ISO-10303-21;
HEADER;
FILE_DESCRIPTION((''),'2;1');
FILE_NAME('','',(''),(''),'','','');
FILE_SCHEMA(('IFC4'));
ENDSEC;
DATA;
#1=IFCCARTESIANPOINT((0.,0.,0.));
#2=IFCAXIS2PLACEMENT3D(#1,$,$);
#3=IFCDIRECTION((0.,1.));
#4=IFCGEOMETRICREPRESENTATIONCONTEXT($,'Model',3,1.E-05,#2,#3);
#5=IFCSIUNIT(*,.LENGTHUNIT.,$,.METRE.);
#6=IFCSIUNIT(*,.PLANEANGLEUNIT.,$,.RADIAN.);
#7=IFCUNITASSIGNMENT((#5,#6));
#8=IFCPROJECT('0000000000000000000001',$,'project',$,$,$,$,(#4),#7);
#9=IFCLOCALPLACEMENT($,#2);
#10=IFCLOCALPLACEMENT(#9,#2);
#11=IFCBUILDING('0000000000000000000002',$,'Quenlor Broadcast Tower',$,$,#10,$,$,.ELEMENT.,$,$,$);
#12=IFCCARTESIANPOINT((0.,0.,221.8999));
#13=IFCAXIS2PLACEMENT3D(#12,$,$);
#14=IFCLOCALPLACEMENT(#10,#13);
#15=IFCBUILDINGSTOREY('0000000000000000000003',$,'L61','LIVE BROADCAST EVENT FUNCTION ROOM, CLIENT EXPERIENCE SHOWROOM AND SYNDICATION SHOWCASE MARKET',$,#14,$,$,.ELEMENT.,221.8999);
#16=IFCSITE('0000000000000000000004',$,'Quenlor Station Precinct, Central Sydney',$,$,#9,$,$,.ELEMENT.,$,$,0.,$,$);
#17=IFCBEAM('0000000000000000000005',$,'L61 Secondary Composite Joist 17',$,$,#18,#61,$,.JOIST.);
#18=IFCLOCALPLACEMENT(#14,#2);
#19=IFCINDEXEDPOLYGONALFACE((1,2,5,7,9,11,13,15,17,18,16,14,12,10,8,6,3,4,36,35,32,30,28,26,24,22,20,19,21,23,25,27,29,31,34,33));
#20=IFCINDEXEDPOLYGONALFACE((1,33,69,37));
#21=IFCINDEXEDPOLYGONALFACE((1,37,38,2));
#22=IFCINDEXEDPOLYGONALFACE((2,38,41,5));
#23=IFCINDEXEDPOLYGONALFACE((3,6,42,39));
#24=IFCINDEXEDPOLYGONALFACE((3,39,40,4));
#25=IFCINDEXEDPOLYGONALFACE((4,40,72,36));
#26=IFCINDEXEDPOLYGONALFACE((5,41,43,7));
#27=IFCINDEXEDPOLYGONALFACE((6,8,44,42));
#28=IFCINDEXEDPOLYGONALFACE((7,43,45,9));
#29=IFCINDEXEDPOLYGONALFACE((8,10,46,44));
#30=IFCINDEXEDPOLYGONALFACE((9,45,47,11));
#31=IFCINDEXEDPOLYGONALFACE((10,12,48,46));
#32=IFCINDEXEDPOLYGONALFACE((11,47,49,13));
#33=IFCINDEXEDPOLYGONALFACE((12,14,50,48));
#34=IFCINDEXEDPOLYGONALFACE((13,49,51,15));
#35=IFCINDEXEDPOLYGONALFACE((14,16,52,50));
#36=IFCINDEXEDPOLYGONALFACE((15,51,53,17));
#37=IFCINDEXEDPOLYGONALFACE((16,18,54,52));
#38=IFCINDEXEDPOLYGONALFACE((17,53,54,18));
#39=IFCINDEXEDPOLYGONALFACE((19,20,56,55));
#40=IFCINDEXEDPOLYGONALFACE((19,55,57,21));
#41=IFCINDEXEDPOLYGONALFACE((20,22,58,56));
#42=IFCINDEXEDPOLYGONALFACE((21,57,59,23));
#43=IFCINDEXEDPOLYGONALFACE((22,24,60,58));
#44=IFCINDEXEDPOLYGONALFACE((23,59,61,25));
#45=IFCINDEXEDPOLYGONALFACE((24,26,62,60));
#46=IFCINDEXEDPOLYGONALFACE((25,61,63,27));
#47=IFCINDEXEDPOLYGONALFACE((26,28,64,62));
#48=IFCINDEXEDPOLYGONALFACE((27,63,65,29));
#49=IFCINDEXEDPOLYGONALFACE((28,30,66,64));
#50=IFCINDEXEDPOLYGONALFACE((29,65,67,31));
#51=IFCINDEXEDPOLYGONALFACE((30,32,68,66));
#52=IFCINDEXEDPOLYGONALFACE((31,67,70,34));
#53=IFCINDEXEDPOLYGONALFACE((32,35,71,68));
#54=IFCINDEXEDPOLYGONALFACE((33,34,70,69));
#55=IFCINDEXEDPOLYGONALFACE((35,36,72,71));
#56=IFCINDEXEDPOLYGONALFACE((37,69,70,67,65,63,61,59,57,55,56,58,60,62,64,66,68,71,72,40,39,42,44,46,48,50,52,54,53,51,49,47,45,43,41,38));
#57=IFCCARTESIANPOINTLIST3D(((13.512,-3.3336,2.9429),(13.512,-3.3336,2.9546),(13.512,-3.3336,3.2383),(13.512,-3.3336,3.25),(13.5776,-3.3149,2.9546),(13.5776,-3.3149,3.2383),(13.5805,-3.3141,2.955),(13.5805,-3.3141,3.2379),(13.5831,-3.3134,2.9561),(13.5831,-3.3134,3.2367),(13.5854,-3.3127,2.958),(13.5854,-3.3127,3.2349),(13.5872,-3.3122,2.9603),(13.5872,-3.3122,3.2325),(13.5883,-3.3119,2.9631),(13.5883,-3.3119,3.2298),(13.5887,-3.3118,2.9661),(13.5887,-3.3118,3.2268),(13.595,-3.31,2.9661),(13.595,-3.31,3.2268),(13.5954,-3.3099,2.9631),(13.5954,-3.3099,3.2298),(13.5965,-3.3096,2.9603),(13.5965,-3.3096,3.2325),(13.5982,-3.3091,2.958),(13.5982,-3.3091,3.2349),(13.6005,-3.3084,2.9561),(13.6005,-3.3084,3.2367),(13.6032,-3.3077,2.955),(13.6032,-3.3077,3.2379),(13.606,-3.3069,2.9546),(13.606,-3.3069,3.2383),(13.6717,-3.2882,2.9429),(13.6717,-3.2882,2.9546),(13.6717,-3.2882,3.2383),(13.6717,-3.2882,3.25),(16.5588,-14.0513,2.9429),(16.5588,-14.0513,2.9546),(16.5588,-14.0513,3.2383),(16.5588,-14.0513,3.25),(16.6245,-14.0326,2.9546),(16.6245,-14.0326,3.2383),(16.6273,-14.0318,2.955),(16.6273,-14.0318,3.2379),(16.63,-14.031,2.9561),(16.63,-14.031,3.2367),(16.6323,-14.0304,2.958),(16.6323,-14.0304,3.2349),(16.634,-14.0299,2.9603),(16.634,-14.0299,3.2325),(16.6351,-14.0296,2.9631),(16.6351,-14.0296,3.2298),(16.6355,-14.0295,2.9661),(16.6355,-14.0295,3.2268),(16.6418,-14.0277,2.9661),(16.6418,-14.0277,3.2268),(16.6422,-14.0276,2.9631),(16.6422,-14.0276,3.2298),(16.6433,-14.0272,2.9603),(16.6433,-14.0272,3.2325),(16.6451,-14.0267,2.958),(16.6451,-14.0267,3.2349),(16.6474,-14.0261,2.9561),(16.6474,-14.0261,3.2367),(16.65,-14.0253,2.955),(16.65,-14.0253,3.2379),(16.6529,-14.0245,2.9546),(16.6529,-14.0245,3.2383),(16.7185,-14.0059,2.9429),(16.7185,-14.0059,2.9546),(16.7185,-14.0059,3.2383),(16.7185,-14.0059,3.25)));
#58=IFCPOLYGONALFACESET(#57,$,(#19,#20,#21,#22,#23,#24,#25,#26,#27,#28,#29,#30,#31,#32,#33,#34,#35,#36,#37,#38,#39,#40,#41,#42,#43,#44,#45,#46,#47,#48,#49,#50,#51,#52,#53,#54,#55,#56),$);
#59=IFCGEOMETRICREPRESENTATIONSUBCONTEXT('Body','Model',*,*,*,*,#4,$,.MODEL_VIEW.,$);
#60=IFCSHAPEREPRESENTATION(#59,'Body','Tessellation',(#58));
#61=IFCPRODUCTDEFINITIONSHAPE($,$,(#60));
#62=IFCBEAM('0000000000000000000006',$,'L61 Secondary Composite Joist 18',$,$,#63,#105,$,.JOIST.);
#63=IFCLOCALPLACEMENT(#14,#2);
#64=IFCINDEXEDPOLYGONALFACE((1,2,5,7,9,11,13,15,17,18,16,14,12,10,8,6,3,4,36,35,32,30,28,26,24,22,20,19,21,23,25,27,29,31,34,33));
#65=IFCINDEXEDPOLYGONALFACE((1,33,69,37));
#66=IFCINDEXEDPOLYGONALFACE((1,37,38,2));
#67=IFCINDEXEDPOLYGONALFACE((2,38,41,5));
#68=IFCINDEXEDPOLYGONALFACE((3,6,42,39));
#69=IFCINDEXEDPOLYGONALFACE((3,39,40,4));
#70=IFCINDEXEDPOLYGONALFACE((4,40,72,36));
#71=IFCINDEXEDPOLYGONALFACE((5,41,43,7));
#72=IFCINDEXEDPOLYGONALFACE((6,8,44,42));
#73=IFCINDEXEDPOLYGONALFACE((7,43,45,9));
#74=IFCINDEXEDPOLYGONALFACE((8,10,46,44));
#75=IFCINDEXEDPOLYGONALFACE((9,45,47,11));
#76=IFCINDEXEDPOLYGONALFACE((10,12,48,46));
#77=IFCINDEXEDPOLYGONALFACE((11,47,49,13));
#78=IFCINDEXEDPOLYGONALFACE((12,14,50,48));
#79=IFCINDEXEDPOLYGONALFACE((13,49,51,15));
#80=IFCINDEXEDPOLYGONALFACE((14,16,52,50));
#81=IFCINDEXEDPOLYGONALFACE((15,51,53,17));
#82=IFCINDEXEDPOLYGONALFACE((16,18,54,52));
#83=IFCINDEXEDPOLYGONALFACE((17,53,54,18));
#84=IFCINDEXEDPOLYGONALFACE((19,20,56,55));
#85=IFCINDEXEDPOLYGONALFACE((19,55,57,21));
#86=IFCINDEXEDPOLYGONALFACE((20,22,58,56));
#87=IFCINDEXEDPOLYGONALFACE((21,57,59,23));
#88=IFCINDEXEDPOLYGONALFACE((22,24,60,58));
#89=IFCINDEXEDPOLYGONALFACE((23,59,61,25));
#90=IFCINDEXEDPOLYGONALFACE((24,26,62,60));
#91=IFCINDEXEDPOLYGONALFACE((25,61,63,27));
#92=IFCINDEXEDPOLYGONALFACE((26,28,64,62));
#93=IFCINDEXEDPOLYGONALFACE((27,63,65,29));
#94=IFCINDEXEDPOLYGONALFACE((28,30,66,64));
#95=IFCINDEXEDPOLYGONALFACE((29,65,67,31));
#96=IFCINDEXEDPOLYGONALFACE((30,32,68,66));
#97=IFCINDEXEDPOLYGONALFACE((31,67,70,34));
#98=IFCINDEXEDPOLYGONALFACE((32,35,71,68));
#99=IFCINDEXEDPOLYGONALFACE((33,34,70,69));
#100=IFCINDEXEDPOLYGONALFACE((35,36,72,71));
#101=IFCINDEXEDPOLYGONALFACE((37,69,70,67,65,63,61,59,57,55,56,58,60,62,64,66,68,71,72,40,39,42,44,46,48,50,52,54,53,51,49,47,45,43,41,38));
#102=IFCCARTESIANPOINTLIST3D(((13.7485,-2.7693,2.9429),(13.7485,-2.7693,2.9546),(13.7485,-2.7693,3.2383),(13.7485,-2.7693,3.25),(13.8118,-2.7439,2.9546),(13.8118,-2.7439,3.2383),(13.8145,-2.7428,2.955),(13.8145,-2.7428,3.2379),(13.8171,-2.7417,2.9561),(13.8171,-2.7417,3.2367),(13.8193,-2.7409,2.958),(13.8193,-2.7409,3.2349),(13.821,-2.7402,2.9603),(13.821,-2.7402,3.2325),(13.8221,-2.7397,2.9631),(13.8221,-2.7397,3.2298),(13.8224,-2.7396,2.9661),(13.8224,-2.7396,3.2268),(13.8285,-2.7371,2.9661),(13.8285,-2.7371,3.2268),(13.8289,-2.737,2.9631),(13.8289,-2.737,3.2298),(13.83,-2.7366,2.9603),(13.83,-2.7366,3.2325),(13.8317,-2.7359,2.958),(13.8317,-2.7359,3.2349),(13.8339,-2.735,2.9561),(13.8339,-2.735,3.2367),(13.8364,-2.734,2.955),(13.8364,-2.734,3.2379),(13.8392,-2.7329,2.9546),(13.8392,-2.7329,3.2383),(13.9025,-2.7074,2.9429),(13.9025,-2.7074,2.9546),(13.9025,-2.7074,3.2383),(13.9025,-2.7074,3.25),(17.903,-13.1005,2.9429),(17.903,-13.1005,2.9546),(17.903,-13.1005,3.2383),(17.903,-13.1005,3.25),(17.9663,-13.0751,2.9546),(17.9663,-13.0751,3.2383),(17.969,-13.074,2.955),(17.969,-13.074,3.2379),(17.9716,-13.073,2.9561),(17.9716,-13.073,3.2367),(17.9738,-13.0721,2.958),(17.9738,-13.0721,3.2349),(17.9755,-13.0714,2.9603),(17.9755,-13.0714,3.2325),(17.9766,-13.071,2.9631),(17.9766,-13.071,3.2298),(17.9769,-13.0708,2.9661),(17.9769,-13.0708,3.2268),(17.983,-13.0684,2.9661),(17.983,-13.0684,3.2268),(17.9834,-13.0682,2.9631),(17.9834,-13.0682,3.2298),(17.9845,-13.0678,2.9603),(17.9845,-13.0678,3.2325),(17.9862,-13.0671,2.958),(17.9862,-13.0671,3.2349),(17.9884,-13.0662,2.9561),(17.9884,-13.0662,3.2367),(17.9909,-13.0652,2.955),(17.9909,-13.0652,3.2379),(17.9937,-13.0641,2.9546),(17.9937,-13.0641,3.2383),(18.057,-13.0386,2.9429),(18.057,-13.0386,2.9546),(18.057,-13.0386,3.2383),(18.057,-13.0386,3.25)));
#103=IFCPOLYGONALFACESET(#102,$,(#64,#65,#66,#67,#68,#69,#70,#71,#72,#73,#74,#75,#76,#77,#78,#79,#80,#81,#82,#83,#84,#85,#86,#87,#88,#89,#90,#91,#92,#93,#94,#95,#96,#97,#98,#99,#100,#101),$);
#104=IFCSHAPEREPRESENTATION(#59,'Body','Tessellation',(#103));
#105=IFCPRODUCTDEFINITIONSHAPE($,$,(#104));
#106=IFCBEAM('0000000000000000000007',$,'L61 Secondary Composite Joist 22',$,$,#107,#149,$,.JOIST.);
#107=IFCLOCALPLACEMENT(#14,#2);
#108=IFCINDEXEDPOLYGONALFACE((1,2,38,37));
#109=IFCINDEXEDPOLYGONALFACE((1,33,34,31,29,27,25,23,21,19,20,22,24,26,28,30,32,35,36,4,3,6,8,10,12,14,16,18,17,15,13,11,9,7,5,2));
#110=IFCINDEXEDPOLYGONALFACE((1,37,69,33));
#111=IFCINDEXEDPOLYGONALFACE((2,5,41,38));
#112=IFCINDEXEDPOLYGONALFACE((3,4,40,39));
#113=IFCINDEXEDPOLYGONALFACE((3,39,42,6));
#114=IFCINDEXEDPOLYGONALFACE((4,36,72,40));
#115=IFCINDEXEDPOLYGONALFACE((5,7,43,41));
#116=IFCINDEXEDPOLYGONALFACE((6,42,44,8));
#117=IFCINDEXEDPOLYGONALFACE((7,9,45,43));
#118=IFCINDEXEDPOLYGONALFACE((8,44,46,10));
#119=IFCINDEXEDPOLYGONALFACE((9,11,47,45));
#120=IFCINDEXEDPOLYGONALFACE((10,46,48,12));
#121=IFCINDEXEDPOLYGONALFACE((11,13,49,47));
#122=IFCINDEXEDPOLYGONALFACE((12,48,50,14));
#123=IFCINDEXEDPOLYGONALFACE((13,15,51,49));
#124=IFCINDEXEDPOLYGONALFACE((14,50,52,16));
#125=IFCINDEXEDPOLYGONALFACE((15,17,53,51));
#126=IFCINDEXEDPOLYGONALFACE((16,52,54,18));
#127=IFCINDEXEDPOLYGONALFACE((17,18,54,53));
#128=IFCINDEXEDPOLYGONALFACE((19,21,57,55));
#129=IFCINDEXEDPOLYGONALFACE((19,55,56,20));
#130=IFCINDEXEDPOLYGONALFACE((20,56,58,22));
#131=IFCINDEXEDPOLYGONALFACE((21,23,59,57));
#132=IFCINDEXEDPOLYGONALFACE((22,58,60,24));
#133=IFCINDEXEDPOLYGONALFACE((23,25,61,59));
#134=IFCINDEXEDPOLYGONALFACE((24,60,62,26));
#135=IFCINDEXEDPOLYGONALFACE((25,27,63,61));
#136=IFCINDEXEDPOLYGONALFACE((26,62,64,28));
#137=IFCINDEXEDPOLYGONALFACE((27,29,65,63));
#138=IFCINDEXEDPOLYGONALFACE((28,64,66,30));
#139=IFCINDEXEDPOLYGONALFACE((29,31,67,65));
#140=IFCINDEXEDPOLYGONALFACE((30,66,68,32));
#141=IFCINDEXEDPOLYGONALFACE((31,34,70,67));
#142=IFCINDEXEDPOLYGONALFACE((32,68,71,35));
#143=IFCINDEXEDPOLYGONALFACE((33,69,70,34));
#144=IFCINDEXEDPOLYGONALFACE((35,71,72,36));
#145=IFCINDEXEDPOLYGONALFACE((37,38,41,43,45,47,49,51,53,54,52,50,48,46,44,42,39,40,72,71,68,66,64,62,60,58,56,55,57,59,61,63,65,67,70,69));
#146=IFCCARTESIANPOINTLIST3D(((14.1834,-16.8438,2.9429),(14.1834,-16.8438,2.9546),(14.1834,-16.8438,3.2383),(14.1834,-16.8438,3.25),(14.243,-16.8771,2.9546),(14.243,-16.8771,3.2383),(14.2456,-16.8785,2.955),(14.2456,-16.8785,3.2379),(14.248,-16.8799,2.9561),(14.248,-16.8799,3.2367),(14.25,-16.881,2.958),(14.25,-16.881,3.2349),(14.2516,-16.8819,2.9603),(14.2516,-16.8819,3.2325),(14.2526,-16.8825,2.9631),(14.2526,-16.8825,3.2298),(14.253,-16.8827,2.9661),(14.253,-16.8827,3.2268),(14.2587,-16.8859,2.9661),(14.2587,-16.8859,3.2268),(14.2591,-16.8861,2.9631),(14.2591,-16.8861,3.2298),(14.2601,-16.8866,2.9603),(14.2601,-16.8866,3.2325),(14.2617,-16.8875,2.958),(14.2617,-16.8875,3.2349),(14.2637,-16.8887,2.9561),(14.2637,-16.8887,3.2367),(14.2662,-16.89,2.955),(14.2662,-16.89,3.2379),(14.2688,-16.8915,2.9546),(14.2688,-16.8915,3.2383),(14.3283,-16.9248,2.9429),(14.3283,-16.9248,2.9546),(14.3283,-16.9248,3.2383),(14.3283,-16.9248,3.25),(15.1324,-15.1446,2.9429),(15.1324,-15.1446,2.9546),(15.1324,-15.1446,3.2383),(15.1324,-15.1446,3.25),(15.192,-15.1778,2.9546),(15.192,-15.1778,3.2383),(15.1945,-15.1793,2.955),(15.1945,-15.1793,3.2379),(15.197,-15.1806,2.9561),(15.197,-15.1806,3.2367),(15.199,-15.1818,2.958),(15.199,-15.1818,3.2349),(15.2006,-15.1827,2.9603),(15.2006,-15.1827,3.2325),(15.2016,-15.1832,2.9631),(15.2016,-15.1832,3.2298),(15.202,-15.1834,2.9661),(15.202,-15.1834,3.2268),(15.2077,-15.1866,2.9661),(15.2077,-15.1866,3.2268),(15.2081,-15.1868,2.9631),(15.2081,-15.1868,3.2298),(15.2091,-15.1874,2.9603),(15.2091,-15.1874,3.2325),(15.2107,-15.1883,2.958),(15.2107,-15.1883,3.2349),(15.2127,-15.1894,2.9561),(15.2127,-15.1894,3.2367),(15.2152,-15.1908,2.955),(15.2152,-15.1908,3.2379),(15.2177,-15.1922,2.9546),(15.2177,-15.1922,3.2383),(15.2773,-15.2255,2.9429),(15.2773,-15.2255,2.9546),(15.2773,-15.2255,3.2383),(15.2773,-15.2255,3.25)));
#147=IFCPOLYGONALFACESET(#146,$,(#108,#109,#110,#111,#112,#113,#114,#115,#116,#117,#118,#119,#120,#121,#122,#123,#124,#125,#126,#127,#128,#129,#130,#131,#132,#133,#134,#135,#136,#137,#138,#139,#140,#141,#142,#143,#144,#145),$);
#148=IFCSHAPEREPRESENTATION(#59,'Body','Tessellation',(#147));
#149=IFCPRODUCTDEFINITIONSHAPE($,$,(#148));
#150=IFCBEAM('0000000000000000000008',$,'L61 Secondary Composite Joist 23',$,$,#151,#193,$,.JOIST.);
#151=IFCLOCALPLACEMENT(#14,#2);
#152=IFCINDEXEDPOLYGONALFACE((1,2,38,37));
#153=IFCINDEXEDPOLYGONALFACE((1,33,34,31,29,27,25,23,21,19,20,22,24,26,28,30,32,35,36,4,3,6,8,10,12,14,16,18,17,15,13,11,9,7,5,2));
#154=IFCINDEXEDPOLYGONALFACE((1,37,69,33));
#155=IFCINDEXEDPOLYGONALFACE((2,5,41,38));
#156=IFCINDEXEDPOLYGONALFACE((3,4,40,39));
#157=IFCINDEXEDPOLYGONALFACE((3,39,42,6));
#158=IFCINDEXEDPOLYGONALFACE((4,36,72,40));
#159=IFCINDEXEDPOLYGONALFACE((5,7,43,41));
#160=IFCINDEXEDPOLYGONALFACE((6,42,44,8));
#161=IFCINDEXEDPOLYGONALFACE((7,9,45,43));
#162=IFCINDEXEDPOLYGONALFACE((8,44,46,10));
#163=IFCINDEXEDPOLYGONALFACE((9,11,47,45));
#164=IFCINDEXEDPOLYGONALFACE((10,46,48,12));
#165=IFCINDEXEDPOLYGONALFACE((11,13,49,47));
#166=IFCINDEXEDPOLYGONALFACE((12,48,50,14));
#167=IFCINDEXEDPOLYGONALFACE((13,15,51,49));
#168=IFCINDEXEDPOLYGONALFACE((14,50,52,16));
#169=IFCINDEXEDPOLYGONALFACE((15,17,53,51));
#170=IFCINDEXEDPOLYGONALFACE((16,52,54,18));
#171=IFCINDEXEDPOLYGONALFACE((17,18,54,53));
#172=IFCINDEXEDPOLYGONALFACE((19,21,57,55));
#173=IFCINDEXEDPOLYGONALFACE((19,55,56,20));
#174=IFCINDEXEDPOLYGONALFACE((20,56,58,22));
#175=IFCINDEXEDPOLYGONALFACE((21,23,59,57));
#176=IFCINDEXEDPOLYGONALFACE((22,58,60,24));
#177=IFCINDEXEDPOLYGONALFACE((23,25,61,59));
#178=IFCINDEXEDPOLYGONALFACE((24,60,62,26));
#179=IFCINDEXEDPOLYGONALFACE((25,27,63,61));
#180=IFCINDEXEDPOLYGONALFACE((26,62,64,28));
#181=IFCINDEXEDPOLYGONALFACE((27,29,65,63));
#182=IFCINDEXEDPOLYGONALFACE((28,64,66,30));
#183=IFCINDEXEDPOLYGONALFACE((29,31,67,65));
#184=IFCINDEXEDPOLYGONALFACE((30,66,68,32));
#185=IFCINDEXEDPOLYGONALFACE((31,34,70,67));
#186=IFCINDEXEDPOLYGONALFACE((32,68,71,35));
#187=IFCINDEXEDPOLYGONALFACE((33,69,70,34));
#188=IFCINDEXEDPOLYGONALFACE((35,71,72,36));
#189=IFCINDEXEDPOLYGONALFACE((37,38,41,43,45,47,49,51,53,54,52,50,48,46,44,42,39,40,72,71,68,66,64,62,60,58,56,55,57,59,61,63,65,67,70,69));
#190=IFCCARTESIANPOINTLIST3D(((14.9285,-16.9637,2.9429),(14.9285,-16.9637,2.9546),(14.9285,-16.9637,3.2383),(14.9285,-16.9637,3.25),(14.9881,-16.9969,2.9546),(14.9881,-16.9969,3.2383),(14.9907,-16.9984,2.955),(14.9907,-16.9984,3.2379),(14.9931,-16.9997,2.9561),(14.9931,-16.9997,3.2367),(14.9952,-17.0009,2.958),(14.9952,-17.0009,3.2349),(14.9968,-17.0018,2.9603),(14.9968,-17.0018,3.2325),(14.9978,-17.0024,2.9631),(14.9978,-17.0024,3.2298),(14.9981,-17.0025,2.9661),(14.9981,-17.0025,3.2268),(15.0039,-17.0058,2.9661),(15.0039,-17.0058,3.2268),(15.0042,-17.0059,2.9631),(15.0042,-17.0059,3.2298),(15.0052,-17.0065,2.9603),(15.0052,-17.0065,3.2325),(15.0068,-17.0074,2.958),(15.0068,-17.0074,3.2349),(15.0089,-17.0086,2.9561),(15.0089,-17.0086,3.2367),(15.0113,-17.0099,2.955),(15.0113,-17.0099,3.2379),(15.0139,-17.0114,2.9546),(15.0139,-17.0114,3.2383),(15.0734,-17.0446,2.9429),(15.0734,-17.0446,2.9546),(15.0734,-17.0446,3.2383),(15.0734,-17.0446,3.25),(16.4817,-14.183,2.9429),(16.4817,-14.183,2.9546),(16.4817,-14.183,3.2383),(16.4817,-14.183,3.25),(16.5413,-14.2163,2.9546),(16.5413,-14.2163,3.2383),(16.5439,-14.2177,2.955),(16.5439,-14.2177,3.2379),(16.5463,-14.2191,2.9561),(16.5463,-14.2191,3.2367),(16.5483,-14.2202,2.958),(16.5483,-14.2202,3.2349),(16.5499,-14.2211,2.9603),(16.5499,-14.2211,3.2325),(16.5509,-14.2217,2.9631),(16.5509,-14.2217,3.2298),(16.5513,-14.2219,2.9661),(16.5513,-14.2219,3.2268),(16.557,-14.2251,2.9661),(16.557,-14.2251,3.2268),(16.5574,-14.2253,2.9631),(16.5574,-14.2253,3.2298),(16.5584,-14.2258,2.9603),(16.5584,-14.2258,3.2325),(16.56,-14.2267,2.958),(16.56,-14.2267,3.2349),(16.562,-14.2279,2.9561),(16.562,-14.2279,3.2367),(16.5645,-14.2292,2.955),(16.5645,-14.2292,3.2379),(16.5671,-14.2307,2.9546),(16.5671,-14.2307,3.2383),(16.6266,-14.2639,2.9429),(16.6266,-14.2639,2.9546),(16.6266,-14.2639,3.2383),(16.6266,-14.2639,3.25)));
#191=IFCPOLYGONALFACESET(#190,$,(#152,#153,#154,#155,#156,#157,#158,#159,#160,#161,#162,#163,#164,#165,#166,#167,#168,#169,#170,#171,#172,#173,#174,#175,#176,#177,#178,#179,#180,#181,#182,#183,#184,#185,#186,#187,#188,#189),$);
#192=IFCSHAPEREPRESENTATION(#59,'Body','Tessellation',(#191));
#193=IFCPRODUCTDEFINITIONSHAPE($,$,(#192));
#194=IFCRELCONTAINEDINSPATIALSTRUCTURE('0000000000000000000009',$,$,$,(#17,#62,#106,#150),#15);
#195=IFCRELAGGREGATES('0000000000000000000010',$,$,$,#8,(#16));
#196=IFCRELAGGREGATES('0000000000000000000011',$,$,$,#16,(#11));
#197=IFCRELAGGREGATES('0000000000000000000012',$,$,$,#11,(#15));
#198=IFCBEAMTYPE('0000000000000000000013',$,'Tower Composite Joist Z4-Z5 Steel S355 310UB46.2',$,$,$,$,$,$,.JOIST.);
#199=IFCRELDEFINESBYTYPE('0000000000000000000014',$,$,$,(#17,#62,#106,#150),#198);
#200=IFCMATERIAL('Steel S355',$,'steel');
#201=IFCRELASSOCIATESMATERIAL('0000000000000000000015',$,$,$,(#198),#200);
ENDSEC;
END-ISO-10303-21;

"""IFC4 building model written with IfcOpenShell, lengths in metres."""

from ifc_helpers import new_model, si_unit, direction, frame, origin, origin_2d, place, context, subcontext, project, spatial, i_section, extrude, material, material_profile, profile_set, type_object, element, save


model = new_model("IFC4")

# Units and contexts
model_context = context("Model", 3, precision=1e-05, world=origin(), true_north=direction((0.0, 1.0)))
body_context = subcontext(model_context, "Body", "Model", "MODEL_VIEW")
ifc_project = project(units=[si_unit("LENGTHUNIT", "METRE"), si_unit("PLANEANGLEUNIT", "RADIAN")], contexts=[model_context])

# Site, building, storey
site_placement = place(None, origin())
site = spatial("IfcSite", under=ifc_project, at=site_placement, Name="Quenlor Station Precinct, Central Sydney", CompositionType="ELEMENT", RefElevation=0.0)
building_placement = place(site_placement, origin())
building = spatial("IfcBuilding", under=site, at=building_placement, Name="Quenlor Broadcast Tower", CompositionType="ELEMENT")
storey_placement = place(building_placement, frame((0.0, 0.0, 221.8999)))
storey = spatial("IfcBuildingStorey", under=building, at=storey_placement, Name="L61", Description="LIVE BROADCAST EVENT FUNCTION ROOM, CLIENT EXPERIENCE SHOWROOM AND SYNDICATION SHOWCASE MARKET", CompositionType="ELEMENT", Elevation=221.8999)

# Beams
ifc_material_1 = material(Name="Steel S355", Category="steel")
ifc_material_profile_1 = material_profile(ifc_material_1, i_section(OverallWidth=0.166, OverallDepth=0.3071, WebThickness=0.0066, FlangeThickness=0.0117, FilletRadius=0.0115, at=origin_2d()))
ifc_profile_set_1 = profile_set([ifc_material_profile_1], Name="Steel S355 310UB46.2")
beam_type_1 = type_object("IfcBeamType", Name="Tower Composite Joist Z4-Z5 Steel S355 310UB46.2", PredefinedType="JOIST", material=ifc_profile_set_1)
beam_1_placement = place(storey_placement, frame((16.6387, -14.0286, 3.0964), z_axis=(-0.273448, 0.961887, 0.0), x_axis=(-0.961887, -0.273448, 0.0)))
element("IfcBeam", 1, at=beam_1_placement, inside=storey, type_object=beam_type_1, Name="L61 Secondary Composite Joist 17", PredefinedType="JOIST", context=body_context, shape_type="SweptSolid", body=[
    extrude(i_section(OverallWidth=0.166, OverallDepth=0.3071, WebThickness=0.0066, FlangeThickness=0.0117, FilletRadius=0.0115, at=origin_2d()), origin(), (0.0, 0.0, 1.0), 11.1423),
])
beam_2_placement = place(storey_placement, frame((17.98, -13.0696, 3.0964), z_axis=(-0.373095, 0.927793, 0.0), x_axis=(-0.927793, -0.373095, 0.0)))
element("IfcBeam", 2, at=beam_2_placement, inside=storey, type_object=beam_type_1, Name="L61 Secondary Composite Joist 18", PredefinedType="JOIST", context=body_context, shape_type="SweptSolid", body=[
    extrude(i_section(OverallWidth=0.166, OverallDepth=0.3071, WebThickness=0.0066, FlangeThickness=0.0117, FilletRadius=0.0115, at=origin_2d()), origin(), (0.0, 0.0, 1.0), 11.1353),
])
beam_3_placement = place(storey_placement, frame((14.2559, -16.8843, 3.0964), z_axis=(0.487591, 0.873072, 0.0), x_axis=(-0.873072, 0.487591, 0.0)))
element("IfcBeam", 3, at=beam_3_placement, inside=storey, type_object=beam_type_1, Name="L61 Secondary Composite Joist 22", PredefinedType="JOIST", context=body_context, shape_type="SweptSolid", body=[
    extrude(i_section(OverallWidth=0.166, OverallDepth=0.3071, WebThickness=0.0066, FlangeThickness=0.0117, FilletRadius=0.0115, at=origin_2d()), origin(), (0.0, 0.0, 1.0), 1.9463),
])
beam_4_placement = place(storey_placement, frame((15.001, -17.0042, 3.0964), z_axis=(0.487646, 0.873041, 0.0), x_axis=(-0.873041, 0.487646, 0.0)))
element("IfcBeam", 4, at=beam_4_placement, inside=storey, type_object=beam_type_1, Name="L61 Secondary Composite Joist 23", PredefinedType="JOIST", context=body_context, shape_type="SweptSolid", body=[
    extrude(i_section(OverallWidth=0.166, OverallDepth=0.3071, WebThickness=0.0066, FlangeThickness=0.0117, FilletRadius=0.0115, at=origin_2d()), origin(), (0.0, 0.0, 1.0), 3.1851),
])

save(model, "model.ifc")
